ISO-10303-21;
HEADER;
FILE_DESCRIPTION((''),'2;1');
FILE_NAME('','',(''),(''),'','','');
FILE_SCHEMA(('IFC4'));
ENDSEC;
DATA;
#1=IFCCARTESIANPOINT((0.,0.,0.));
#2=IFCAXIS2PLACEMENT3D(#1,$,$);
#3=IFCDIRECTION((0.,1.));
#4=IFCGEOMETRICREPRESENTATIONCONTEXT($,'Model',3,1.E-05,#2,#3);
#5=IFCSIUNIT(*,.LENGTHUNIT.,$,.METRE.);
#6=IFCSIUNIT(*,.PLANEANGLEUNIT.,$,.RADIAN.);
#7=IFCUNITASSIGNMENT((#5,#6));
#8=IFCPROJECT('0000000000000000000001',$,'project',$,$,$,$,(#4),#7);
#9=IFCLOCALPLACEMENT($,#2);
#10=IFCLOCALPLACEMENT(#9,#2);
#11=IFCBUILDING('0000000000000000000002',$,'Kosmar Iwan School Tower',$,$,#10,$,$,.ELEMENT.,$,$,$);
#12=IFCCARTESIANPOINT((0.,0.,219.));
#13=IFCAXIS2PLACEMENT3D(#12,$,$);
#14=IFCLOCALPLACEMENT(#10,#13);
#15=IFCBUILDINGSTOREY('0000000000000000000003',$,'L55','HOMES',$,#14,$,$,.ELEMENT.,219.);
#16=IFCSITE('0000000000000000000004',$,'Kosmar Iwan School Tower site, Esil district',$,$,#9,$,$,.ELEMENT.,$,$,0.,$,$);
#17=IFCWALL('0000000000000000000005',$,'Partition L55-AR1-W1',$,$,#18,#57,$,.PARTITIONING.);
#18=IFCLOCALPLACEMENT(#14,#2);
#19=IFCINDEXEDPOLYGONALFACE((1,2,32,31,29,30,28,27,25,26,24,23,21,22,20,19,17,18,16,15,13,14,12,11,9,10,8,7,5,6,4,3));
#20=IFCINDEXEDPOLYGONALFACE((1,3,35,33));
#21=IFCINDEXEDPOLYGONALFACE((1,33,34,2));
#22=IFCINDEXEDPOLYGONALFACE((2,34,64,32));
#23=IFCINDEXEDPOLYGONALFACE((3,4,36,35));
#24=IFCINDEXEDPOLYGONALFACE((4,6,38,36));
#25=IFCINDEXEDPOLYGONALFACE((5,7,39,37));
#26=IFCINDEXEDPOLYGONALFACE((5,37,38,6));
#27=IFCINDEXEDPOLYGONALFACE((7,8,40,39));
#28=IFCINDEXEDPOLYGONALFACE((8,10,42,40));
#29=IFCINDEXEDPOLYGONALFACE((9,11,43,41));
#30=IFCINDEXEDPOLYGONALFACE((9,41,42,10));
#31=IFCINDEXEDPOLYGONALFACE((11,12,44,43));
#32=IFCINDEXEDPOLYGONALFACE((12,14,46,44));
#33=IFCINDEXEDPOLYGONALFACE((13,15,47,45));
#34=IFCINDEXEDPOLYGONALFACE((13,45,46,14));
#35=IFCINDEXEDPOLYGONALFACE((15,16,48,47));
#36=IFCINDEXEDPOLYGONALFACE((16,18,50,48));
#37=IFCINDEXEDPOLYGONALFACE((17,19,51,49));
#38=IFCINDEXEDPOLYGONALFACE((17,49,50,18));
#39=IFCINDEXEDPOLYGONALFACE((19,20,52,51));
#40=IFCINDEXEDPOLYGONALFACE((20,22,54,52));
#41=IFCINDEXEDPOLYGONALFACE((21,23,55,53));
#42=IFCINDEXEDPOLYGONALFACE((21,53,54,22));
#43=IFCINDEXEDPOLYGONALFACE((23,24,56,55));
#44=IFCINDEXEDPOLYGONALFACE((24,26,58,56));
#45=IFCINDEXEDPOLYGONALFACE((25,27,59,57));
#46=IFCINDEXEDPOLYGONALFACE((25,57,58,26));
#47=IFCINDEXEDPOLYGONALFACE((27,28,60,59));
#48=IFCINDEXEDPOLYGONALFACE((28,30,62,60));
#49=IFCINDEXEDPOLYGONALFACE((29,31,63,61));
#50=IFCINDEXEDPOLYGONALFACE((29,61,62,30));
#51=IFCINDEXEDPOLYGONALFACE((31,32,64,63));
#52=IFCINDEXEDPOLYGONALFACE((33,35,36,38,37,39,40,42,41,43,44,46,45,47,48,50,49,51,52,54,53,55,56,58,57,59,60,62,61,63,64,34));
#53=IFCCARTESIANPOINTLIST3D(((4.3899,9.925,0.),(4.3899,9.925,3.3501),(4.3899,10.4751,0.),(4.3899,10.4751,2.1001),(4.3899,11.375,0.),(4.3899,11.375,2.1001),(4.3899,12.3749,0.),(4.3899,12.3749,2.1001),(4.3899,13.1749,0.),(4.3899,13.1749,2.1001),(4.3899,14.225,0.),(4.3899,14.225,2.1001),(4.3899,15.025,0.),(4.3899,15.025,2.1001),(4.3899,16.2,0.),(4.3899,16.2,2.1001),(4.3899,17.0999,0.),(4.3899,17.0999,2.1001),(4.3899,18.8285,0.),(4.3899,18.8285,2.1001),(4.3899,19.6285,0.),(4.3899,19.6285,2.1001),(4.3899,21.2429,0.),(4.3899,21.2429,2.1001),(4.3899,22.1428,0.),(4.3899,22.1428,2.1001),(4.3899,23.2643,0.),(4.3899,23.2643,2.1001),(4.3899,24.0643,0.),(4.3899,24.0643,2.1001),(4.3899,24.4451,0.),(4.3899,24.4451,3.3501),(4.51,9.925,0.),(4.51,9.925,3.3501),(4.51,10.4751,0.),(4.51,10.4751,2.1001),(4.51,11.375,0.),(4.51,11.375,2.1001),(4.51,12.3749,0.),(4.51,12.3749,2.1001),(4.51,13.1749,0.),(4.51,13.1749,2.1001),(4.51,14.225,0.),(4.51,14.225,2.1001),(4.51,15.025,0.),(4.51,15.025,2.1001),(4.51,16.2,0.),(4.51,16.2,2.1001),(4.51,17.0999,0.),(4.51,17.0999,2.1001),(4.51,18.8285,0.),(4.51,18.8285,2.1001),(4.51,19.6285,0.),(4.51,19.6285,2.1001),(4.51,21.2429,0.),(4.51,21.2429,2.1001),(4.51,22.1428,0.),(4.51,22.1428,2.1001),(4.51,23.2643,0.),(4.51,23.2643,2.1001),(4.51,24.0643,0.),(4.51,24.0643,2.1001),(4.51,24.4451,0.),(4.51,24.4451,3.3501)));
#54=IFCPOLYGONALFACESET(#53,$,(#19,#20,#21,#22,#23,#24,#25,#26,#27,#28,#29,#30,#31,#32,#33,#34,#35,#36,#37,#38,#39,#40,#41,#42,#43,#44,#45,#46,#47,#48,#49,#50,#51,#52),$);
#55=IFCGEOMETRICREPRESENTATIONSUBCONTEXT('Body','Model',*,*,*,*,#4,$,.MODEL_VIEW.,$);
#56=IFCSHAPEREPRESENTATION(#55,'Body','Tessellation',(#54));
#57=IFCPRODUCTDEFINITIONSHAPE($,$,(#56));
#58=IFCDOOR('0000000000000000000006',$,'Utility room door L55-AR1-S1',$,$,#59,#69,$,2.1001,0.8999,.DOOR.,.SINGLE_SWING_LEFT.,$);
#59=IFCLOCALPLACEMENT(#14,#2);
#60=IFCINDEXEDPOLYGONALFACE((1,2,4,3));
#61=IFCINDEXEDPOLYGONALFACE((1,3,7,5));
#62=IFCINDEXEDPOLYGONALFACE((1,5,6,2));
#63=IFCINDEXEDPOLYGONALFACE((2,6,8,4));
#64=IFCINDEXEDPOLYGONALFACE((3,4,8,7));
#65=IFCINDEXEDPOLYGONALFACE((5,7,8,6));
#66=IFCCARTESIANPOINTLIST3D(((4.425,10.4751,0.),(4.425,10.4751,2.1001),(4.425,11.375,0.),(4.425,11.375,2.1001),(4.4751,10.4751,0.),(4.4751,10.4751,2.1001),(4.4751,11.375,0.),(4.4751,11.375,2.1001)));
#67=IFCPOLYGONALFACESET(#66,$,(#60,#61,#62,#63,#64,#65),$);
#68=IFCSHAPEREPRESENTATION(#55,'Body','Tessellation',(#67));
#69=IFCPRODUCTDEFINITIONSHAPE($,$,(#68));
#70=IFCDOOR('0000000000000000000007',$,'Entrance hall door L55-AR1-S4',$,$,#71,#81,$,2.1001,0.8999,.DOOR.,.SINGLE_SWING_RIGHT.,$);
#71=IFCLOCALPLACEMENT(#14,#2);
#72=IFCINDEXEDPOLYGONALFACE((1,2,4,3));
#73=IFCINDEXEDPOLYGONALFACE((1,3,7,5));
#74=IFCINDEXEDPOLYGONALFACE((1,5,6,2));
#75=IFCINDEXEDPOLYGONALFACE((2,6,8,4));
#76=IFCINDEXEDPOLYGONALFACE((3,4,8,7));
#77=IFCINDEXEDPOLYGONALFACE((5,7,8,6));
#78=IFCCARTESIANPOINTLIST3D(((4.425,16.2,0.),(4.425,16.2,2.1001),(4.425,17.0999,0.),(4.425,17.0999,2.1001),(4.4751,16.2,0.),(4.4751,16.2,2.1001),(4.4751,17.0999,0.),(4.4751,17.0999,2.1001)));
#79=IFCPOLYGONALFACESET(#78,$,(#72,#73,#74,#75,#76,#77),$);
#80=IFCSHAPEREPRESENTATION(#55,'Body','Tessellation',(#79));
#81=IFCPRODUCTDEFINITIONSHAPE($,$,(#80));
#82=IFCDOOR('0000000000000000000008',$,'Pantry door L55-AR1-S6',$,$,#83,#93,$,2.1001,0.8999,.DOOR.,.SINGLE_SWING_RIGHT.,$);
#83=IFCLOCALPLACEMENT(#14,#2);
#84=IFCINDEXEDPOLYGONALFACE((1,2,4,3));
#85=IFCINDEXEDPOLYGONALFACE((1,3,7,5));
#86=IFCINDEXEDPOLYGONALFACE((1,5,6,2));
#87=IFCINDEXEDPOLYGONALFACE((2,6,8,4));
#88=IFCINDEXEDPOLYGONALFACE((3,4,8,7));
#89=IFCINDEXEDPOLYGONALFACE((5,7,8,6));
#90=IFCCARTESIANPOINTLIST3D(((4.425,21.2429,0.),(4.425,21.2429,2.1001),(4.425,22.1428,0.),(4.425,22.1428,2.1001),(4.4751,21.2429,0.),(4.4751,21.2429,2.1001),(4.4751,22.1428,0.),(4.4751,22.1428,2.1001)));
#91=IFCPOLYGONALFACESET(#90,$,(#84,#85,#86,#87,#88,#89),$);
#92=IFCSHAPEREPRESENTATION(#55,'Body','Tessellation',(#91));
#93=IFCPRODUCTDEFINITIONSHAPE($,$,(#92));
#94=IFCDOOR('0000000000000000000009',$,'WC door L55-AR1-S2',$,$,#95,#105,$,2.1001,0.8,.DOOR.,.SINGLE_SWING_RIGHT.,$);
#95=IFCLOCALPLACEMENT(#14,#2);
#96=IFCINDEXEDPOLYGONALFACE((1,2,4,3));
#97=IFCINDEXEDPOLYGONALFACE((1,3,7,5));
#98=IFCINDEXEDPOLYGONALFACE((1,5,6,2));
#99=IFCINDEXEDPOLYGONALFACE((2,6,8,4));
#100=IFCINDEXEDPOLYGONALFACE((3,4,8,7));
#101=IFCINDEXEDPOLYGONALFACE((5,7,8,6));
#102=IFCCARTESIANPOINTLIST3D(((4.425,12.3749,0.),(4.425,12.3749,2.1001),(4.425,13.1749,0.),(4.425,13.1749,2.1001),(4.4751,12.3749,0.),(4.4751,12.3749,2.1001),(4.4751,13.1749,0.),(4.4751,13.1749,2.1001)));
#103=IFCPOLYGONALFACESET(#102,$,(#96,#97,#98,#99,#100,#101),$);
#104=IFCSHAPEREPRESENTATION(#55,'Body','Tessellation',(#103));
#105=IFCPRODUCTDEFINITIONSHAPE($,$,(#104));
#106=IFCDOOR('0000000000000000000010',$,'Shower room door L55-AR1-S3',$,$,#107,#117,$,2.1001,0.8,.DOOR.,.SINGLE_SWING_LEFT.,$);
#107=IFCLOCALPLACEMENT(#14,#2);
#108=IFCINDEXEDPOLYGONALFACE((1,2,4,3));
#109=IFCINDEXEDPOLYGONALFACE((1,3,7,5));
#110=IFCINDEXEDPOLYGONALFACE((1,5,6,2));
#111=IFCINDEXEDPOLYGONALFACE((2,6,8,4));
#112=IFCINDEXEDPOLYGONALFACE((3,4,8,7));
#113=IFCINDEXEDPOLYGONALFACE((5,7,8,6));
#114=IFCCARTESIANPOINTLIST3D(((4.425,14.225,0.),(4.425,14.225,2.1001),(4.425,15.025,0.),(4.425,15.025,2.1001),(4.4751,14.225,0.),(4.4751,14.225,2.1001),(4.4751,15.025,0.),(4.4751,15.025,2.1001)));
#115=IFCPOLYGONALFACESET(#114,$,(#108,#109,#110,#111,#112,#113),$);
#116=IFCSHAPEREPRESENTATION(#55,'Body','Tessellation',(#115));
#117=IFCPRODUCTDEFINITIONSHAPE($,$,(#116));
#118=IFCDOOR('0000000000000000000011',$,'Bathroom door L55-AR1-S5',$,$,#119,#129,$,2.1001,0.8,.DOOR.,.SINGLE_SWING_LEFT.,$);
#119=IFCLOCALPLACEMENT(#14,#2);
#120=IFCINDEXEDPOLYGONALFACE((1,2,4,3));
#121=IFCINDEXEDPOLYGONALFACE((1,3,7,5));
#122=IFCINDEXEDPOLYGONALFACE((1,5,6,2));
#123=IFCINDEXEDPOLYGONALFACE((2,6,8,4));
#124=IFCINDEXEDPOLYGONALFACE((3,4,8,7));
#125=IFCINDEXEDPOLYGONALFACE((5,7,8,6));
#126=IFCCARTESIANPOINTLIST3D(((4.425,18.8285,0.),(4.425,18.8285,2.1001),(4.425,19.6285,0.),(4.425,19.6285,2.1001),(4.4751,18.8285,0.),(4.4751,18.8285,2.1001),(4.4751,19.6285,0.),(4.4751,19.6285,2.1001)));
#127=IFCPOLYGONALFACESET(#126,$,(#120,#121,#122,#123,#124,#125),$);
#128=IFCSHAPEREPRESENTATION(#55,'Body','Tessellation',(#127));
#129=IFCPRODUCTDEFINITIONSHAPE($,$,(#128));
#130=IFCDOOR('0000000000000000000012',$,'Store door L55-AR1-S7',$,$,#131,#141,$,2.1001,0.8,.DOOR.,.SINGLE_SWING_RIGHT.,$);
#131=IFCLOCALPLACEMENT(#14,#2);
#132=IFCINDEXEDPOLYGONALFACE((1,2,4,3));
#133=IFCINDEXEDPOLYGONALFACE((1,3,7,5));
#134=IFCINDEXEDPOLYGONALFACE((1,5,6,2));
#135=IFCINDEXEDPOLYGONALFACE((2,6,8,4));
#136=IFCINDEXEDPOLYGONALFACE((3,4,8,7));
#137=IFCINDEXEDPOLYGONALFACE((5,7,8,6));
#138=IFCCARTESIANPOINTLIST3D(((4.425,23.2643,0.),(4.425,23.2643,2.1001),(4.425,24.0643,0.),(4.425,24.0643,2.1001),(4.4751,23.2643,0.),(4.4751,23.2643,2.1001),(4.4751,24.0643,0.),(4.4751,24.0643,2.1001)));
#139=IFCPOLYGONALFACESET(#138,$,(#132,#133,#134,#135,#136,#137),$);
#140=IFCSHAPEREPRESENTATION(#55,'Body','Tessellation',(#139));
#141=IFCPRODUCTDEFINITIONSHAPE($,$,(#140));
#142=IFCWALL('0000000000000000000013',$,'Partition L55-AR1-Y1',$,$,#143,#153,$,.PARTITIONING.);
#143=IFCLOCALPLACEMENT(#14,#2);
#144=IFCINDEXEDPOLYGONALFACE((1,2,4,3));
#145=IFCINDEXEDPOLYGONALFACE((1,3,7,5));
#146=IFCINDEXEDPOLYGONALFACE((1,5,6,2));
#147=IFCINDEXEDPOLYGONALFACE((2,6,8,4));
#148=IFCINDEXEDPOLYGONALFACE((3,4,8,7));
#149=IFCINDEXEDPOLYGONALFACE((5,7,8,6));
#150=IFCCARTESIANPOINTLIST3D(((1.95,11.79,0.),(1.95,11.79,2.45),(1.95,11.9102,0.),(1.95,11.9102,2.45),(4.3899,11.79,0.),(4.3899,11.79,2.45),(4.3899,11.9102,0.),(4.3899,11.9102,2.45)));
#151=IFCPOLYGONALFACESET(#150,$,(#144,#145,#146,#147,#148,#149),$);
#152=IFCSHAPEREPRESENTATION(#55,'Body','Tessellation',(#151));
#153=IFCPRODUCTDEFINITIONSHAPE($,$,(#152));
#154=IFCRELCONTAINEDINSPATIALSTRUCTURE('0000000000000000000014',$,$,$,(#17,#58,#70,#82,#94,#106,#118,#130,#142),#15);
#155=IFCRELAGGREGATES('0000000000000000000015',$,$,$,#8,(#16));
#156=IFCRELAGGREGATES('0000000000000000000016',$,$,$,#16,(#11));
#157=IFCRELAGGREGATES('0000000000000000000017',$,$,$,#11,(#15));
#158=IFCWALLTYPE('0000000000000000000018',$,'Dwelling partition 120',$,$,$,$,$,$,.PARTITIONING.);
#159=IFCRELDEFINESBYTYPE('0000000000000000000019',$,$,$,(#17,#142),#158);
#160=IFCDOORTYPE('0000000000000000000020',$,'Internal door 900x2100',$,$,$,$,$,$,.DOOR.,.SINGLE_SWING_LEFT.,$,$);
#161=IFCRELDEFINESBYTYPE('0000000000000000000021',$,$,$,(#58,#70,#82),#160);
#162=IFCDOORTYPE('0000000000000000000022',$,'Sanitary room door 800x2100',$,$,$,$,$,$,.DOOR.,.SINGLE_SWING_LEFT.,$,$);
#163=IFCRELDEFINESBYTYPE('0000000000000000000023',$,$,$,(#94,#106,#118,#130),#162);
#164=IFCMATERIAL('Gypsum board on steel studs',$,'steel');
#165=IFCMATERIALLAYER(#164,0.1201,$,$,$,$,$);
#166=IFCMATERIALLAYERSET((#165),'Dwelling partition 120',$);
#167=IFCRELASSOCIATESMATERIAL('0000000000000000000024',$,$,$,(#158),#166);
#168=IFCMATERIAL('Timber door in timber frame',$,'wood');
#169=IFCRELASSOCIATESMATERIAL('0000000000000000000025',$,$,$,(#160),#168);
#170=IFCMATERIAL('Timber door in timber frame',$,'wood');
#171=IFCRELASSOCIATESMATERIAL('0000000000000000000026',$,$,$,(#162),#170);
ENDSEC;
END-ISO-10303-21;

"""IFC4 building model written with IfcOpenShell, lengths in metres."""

from ifc_helpers import new_model, si_unit, direction, frame, frame_2d, origin, place, context, subcontext, project, spatial, rectangle, extrude, material, layer, layer_set, type_object, element, fill, save


model = new_model("IFC4")

# Units and contexts
model_context = context("Model", 3, precision=1e-05, world=origin(), true_north=direction((0.0, 1.0)))
body_context = subcontext(model_context, "Body", "Model", "MODEL_VIEW")
ifc_project = project(units=[si_unit("LENGTHUNIT", "METRE"), si_unit("PLANEANGLEUNIT", "RADIAN")], contexts=[model_context])

# Site, building, storey
site_placement = place(None, origin())
site = spatial("IfcSite", under=ifc_project, at=site_placement, Name="Kosmar Iwan School Tower site, Esil district", CompositionType="ELEMENT", RefElevation=0.0)
building_placement = place(site_placement, origin())
building = spatial("IfcBuilding", under=site, at=building_placement, Name="Kosmar Iwan School Tower", CompositionType="ELEMENT")
storey_placement = place(building_placement, frame((0.0, 0.0, 219.0)))
storey = spatial("IfcBuildingStorey", under=building, at=storey_placement, Name="L55", Description="HOMES", CompositionType="ELEMENT", Elevation=219.0)

# Wall, openings, doors
ifc_material_1 = material(Name="Gypsum board on steel studs", Category="steel")
ifc_layer_1 = layer(ifc_material_1, 0.1201)
ifc_layer_set_1 = layer_set([ifc_layer_1], Name="Dwelling partition 120")
wall_type_1 = type_object("IfcWallType", Name="Dwelling partition 120", PredefinedType="PARTITIONING", material=ifc_layer_set_1)
wall_1_placement = place(storey_placement, frame((4.45, 9.925, 0.0), z_axis=(0.0, 0.0, 1.0), x_axis=(0.0, 1.0, 0.0)))
wall_1 = element("IfcWall", 1, at=wall_1_placement, inside=storey, type_object=wall_type_1, Name="Partition L55-AR1-W1", PredefinedType="PARTITIONING", context=body_context, shape_type="SweptSolid", body=[
    extrude(rectangle(XDim=14.52, YDim=0.1201, at=frame_2d((7.26, 0.0))), origin(), (0.0, 0.0, 1.0), 3.3501),
])
opening_1_placement = place(wall_1_placement, frame((0.55, 0.0, 0.0)))
opening_1 = element("IfcOpeningElement", 2, at=opening_1_placement, cuts=wall_1, PredefinedType="OPENING", context=body_context, shape_type="SweptSolid", body=[
    extrude(rectangle(XDim=0.8999, YDim=2.1001, at=frame_2d((0.45, 1.05))), frame((0.0, 0.072, 0.0), z_axis=(0.0, -1.0, 0.0), x_axis=(1.0, 0.0, 0.0)), (0.0, 0.0, 1.0), 0.144),
])
opening_2_placement = place(wall_1_placement, frame((2.45, 0.0, 0.0)))
opening_2 = element("IfcOpeningElement", 3, at=opening_2_placement, cuts=wall_1, PredefinedType="OPENING", context=body_context, shape_type="SweptSolid", body=[
    extrude(rectangle(XDim=0.8, YDim=2.1001, at=frame_2d((0.3999, 1.05))), frame((0.0, 0.072, 0.0), z_axis=(0.0, -1.0, 0.0), x_axis=(1.0, 0.0, 0.0)), (0.0, 0.0, 1.0), 0.144),
])
opening_3_placement = place(wall_1_placement, frame((4.3, 0.0, 0.0)))
opening_3 = element("IfcOpeningElement", 4, at=opening_3_placement, cuts=wall_1, PredefinedType="OPENING", context=body_context, shape_type="SweptSolid", body=[
    extrude(rectangle(XDim=0.8, YDim=2.1001, at=frame_2d((0.3999, 1.05))), frame((0.0, 0.072, 0.0), z_axis=(0.0, -1.0, 0.0), x_axis=(1.0, 0.0, 0.0)), (0.0, 0.0, 1.0), 0.144),
])
opening_4_placement = place(wall_1_placement, frame((6.2749, 0.0, 0.0)))
opening_4 = element("IfcOpeningElement", 5, at=opening_4_placement, cuts=wall_1, PredefinedType="OPENING", context=body_context, shape_type="SweptSolid", body=[
    extrude(rectangle(XDim=0.8999, YDim=2.1001, at=frame_2d((0.45, 1.05))), frame((0.0, 0.072, 0.0), z_axis=(0.0, -1.0, 0.0), x_axis=(1.0, 0.0, 0.0)), (0.0, 0.0, 1.0), 0.144),
])
opening_5_placement = place(wall_1_placement, frame((8.9036, 0.0, 0.0)))
opening_5 = element("IfcOpeningElement", 6, at=opening_5_placement, cuts=wall_1, PredefinedType="OPENING", context=body_context, shape_type="SweptSolid", body=[
    extrude(rectangle(XDim=0.8, YDim=2.1001, at=frame_2d((0.3999, 1.05))), frame((0.0, 0.072, 0.0), z_axis=(0.0, -1.0, 0.0), x_axis=(1.0, 0.0, 0.0)), (0.0, 0.0, 1.0), 0.144),
])
opening_6_placement = place(wall_1_placement, frame((11.3179, 0.0, 0.0)))
opening_6 = element("IfcOpeningElement", 7, at=opening_6_placement, cuts=wall_1, PredefinedType="OPENING", context=body_context, shape_type="SweptSolid", body=[
    extrude(rectangle(XDim=0.8999, YDim=2.1001, at=frame_2d((0.45, 1.05))), frame((0.0, 0.072, 0.0), z_axis=(0.0, -1.0, 0.0), x_axis=(1.0, 0.0, 0.0)), (0.0, 0.0, 1.0), 0.144),
])
opening_7_placement = place(wall_1_placement, frame((13.3394, 0.0, 0.0)))
opening_7 = element("IfcOpeningElement", 8, at=opening_7_placement, cuts=wall_1, PredefinedType="OPENING", context=body_context, shape_type="SweptSolid", body=[
    extrude(rectangle(XDim=0.8, YDim=2.1001, at=frame_2d((0.3999, 1.05))), frame((0.0, 0.072, 0.0), z_axis=(0.0, -1.0, 0.0), x_axis=(1.0, 0.0, 0.0)), (0.0, 0.0, 1.0), 0.144),
])
ifc_material_2 = material(Name="Timber door in timber frame", Category="wood")
door_type_1 = type_object("IfcDoorType", Name="Internal door 900x2100", OperationType="SINGLE_SWING_LEFT", PredefinedType="DOOR", material=ifc_material_2)
door_1_placement = place(opening_1_placement, origin())
door_1 = element("IfcDoor", 9, at=door_1_placement, inside=storey, type_object=door_type_1, Name="Utility room door L55-AR1-S1", OperationType="SINGLE_SWING_LEFT", OverallHeight=2.1001, OverallWidth=0.8999, PredefinedType="DOOR", context=body_context, shape_type="SweptSolid", body=[
    extrude(rectangle(XDim=0.8999, YDim=2.1001, at=frame_2d((0.45, 1.05))), frame((0.0, 0.0249, 0.0), z_axis=(0.0, -1.0, 0.0), x_axis=(1.0, 0.0, 0.0)), (0.0, 0.0, 1.0), 0.05),
])
fill(opening_1, door_1)
door_2_placement = place(opening_4_placement, origin())
door_2 = element("IfcDoor", 10, at=door_2_placement, inside=storey, type_object=door_type_1, Name="Entrance hall door L55-AR1-S4", OperationType="SINGLE_SWING_RIGHT", OverallHeight=2.1001, OverallWidth=0.8999, PredefinedType="DOOR", context=body_context, shape_type="SweptSolid", body=[
    extrude(rectangle(XDim=0.8999, YDim=2.1001, at=frame_2d((0.45, 1.05))), frame((0.0, 0.0249, 0.0), z_axis=(0.0, -1.0, 0.0), x_axis=(1.0, 0.0, 0.0)), (0.0, 0.0, 1.0), 0.05),
])
fill(opening_4, door_2)
door_3_placement = place(opening_6_placement, origin())
door_3 = element("IfcDoor", 11, at=door_3_placement, inside=storey, type_object=door_type_1, Name="Pantry door L55-AR1-S6", OperationType="SINGLE_SWING_RIGHT", OverallHeight=2.1001, OverallWidth=0.8999, PredefinedType="DOOR", context=body_context, shape_type="SweptSolid", body=[
    extrude(rectangle(XDim=0.8999, YDim=2.1001, at=frame_2d((0.45, 1.05))), frame((0.0, 0.0249, 0.0), z_axis=(0.0, -1.0, 0.0), x_axis=(1.0, 0.0, 0.0)), (0.0, 0.0, 1.0), 0.05),
])
fill(opening_6, door_3)
ifc_material_3 = material(Name="Timber door in timber frame", Category="wood")
door_type_2 = type_object("IfcDoorType", Name="Sanitary room door 800x2100", OperationType="SINGLE_SWING_LEFT", PredefinedType="DOOR", material=ifc_material_3)
door_4_placement = place(opening_2_placement, origin())
door_4 = element("IfcDoor", 12, at=door_4_placement, inside=storey, type_object=door_type_2, Name="WC door L55-AR1-S2", OperationType="SINGLE_SWING_RIGHT", OverallHeight=2.1001, OverallWidth=0.8, PredefinedType="DOOR", context=body_context, shape_type="SweptSolid", body=[
    extrude(rectangle(XDim=0.8, YDim=2.1001, at=frame_2d((0.3999, 1.05))), frame((0.0, 0.0249, 0.0), z_axis=(0.0, -1.0, 0.0), x_axis=(1.0, 0.0, 0.0)), (0.0, 0.0, 1.0), 0.05),
])
fill(opening_2, door_4)
door_5_placement = place(opening_3_placement, origin())
door_5 = element("IfcDoor", 13, at=door_5_placement, inside=storey, type_object=door_type_2, Name="Shower room door L55-AR1-S3", OperationType="SINGLE_SWING_LEFT", OverallHeight=2.1001, OverallWidth=0.8, PredefinedType="DOOR", context=body_context, shape_type="SweptSolid", body=[
    extrude(rectangle(XDim=0.8, YDim=2.1001, at=frame_2d((0.3999, 1.05))), frame((0.0, 0.0249, 0.0), z_axis=(0.0, -1.0, 0.0), x_axis=(1.0, 0.0, 0.0)), (0.0, 0.0, 1.0), 0.05),
])
fill(opening_3, door_5)
door_6_placement = place(opening_5_placement, origin())
door_6 = element("IfcDoor", 14, at=door_6_placement, inside=storey, type_object=door_type_2, Name="Bathroom door L55-AR1-S5", OperationType="SINGLE_SWING_LEFT", OverallHeight=2.1001, OverallWidth=0.8, PredefinedType="DOOR", context=body_context, shape_type="SweptSolid", body=[
    extrude(rectangle(XDim=0.8, YDim=2.1001, at=frame_2d((0.3999, 1.05))), frame((0.0, 0.0249, 0.0), z_axis=(0.0, -1.0, 0.0), x_axis=(1.0, 0.0, 0.0)), (0.0, 0.0, 1.0), 0.05),
])
fill(opening_5, door_6)
door_7_placement = place(opening_7_placement, origin())
door_7 = element("IfcDoor", 15, at=door_7_placement, inside=storey, type_object=door_type_2, Name="Store door L55-AR1-S7", OperationType="SINGLE_SWING_RIGHT", OverallHeight=2.1001, OverallWidth=0.8, PredefinedType="DOOR", context=body_context, shape_type="SweptSolid", body=[
    extrude(rectangle(XDim=0.8, YDim=2.1001, at=frame_2d((0.3999, 1.05))), frame((0.0, 0.0249, 0.0), z_axis=(0.0, -1.0, 0.0), x_axis=(1.0, 0.0, 0.0)), (0.0, 0.0, 1.0), 0.05),
])
fill(opening_7, door_7)

# Wall
wall_2_placement = place(storey_placement, frame((1.95, 11.8501, 0.0), z_axis=(0.0, 0.0, 1.0), x_axis=(1.0, 0.0, 0.0)))
element("IfcWall", 16, at=wall_2_placement, inside=storey, type_object=wall_type_1, Name="Partition L55-AR1-Y1", PredefinedType="PARTITIONING", context=body_context, shape_type="SweptSolid", body=[
    extrude(rectangle(XDim=2.4399, YDim=0.1201, at=frame_2d((1.22, 0.0))), origin(), (0.0, 0.0, 1.0), 2.45),
])

save(model, "model.ifc")
